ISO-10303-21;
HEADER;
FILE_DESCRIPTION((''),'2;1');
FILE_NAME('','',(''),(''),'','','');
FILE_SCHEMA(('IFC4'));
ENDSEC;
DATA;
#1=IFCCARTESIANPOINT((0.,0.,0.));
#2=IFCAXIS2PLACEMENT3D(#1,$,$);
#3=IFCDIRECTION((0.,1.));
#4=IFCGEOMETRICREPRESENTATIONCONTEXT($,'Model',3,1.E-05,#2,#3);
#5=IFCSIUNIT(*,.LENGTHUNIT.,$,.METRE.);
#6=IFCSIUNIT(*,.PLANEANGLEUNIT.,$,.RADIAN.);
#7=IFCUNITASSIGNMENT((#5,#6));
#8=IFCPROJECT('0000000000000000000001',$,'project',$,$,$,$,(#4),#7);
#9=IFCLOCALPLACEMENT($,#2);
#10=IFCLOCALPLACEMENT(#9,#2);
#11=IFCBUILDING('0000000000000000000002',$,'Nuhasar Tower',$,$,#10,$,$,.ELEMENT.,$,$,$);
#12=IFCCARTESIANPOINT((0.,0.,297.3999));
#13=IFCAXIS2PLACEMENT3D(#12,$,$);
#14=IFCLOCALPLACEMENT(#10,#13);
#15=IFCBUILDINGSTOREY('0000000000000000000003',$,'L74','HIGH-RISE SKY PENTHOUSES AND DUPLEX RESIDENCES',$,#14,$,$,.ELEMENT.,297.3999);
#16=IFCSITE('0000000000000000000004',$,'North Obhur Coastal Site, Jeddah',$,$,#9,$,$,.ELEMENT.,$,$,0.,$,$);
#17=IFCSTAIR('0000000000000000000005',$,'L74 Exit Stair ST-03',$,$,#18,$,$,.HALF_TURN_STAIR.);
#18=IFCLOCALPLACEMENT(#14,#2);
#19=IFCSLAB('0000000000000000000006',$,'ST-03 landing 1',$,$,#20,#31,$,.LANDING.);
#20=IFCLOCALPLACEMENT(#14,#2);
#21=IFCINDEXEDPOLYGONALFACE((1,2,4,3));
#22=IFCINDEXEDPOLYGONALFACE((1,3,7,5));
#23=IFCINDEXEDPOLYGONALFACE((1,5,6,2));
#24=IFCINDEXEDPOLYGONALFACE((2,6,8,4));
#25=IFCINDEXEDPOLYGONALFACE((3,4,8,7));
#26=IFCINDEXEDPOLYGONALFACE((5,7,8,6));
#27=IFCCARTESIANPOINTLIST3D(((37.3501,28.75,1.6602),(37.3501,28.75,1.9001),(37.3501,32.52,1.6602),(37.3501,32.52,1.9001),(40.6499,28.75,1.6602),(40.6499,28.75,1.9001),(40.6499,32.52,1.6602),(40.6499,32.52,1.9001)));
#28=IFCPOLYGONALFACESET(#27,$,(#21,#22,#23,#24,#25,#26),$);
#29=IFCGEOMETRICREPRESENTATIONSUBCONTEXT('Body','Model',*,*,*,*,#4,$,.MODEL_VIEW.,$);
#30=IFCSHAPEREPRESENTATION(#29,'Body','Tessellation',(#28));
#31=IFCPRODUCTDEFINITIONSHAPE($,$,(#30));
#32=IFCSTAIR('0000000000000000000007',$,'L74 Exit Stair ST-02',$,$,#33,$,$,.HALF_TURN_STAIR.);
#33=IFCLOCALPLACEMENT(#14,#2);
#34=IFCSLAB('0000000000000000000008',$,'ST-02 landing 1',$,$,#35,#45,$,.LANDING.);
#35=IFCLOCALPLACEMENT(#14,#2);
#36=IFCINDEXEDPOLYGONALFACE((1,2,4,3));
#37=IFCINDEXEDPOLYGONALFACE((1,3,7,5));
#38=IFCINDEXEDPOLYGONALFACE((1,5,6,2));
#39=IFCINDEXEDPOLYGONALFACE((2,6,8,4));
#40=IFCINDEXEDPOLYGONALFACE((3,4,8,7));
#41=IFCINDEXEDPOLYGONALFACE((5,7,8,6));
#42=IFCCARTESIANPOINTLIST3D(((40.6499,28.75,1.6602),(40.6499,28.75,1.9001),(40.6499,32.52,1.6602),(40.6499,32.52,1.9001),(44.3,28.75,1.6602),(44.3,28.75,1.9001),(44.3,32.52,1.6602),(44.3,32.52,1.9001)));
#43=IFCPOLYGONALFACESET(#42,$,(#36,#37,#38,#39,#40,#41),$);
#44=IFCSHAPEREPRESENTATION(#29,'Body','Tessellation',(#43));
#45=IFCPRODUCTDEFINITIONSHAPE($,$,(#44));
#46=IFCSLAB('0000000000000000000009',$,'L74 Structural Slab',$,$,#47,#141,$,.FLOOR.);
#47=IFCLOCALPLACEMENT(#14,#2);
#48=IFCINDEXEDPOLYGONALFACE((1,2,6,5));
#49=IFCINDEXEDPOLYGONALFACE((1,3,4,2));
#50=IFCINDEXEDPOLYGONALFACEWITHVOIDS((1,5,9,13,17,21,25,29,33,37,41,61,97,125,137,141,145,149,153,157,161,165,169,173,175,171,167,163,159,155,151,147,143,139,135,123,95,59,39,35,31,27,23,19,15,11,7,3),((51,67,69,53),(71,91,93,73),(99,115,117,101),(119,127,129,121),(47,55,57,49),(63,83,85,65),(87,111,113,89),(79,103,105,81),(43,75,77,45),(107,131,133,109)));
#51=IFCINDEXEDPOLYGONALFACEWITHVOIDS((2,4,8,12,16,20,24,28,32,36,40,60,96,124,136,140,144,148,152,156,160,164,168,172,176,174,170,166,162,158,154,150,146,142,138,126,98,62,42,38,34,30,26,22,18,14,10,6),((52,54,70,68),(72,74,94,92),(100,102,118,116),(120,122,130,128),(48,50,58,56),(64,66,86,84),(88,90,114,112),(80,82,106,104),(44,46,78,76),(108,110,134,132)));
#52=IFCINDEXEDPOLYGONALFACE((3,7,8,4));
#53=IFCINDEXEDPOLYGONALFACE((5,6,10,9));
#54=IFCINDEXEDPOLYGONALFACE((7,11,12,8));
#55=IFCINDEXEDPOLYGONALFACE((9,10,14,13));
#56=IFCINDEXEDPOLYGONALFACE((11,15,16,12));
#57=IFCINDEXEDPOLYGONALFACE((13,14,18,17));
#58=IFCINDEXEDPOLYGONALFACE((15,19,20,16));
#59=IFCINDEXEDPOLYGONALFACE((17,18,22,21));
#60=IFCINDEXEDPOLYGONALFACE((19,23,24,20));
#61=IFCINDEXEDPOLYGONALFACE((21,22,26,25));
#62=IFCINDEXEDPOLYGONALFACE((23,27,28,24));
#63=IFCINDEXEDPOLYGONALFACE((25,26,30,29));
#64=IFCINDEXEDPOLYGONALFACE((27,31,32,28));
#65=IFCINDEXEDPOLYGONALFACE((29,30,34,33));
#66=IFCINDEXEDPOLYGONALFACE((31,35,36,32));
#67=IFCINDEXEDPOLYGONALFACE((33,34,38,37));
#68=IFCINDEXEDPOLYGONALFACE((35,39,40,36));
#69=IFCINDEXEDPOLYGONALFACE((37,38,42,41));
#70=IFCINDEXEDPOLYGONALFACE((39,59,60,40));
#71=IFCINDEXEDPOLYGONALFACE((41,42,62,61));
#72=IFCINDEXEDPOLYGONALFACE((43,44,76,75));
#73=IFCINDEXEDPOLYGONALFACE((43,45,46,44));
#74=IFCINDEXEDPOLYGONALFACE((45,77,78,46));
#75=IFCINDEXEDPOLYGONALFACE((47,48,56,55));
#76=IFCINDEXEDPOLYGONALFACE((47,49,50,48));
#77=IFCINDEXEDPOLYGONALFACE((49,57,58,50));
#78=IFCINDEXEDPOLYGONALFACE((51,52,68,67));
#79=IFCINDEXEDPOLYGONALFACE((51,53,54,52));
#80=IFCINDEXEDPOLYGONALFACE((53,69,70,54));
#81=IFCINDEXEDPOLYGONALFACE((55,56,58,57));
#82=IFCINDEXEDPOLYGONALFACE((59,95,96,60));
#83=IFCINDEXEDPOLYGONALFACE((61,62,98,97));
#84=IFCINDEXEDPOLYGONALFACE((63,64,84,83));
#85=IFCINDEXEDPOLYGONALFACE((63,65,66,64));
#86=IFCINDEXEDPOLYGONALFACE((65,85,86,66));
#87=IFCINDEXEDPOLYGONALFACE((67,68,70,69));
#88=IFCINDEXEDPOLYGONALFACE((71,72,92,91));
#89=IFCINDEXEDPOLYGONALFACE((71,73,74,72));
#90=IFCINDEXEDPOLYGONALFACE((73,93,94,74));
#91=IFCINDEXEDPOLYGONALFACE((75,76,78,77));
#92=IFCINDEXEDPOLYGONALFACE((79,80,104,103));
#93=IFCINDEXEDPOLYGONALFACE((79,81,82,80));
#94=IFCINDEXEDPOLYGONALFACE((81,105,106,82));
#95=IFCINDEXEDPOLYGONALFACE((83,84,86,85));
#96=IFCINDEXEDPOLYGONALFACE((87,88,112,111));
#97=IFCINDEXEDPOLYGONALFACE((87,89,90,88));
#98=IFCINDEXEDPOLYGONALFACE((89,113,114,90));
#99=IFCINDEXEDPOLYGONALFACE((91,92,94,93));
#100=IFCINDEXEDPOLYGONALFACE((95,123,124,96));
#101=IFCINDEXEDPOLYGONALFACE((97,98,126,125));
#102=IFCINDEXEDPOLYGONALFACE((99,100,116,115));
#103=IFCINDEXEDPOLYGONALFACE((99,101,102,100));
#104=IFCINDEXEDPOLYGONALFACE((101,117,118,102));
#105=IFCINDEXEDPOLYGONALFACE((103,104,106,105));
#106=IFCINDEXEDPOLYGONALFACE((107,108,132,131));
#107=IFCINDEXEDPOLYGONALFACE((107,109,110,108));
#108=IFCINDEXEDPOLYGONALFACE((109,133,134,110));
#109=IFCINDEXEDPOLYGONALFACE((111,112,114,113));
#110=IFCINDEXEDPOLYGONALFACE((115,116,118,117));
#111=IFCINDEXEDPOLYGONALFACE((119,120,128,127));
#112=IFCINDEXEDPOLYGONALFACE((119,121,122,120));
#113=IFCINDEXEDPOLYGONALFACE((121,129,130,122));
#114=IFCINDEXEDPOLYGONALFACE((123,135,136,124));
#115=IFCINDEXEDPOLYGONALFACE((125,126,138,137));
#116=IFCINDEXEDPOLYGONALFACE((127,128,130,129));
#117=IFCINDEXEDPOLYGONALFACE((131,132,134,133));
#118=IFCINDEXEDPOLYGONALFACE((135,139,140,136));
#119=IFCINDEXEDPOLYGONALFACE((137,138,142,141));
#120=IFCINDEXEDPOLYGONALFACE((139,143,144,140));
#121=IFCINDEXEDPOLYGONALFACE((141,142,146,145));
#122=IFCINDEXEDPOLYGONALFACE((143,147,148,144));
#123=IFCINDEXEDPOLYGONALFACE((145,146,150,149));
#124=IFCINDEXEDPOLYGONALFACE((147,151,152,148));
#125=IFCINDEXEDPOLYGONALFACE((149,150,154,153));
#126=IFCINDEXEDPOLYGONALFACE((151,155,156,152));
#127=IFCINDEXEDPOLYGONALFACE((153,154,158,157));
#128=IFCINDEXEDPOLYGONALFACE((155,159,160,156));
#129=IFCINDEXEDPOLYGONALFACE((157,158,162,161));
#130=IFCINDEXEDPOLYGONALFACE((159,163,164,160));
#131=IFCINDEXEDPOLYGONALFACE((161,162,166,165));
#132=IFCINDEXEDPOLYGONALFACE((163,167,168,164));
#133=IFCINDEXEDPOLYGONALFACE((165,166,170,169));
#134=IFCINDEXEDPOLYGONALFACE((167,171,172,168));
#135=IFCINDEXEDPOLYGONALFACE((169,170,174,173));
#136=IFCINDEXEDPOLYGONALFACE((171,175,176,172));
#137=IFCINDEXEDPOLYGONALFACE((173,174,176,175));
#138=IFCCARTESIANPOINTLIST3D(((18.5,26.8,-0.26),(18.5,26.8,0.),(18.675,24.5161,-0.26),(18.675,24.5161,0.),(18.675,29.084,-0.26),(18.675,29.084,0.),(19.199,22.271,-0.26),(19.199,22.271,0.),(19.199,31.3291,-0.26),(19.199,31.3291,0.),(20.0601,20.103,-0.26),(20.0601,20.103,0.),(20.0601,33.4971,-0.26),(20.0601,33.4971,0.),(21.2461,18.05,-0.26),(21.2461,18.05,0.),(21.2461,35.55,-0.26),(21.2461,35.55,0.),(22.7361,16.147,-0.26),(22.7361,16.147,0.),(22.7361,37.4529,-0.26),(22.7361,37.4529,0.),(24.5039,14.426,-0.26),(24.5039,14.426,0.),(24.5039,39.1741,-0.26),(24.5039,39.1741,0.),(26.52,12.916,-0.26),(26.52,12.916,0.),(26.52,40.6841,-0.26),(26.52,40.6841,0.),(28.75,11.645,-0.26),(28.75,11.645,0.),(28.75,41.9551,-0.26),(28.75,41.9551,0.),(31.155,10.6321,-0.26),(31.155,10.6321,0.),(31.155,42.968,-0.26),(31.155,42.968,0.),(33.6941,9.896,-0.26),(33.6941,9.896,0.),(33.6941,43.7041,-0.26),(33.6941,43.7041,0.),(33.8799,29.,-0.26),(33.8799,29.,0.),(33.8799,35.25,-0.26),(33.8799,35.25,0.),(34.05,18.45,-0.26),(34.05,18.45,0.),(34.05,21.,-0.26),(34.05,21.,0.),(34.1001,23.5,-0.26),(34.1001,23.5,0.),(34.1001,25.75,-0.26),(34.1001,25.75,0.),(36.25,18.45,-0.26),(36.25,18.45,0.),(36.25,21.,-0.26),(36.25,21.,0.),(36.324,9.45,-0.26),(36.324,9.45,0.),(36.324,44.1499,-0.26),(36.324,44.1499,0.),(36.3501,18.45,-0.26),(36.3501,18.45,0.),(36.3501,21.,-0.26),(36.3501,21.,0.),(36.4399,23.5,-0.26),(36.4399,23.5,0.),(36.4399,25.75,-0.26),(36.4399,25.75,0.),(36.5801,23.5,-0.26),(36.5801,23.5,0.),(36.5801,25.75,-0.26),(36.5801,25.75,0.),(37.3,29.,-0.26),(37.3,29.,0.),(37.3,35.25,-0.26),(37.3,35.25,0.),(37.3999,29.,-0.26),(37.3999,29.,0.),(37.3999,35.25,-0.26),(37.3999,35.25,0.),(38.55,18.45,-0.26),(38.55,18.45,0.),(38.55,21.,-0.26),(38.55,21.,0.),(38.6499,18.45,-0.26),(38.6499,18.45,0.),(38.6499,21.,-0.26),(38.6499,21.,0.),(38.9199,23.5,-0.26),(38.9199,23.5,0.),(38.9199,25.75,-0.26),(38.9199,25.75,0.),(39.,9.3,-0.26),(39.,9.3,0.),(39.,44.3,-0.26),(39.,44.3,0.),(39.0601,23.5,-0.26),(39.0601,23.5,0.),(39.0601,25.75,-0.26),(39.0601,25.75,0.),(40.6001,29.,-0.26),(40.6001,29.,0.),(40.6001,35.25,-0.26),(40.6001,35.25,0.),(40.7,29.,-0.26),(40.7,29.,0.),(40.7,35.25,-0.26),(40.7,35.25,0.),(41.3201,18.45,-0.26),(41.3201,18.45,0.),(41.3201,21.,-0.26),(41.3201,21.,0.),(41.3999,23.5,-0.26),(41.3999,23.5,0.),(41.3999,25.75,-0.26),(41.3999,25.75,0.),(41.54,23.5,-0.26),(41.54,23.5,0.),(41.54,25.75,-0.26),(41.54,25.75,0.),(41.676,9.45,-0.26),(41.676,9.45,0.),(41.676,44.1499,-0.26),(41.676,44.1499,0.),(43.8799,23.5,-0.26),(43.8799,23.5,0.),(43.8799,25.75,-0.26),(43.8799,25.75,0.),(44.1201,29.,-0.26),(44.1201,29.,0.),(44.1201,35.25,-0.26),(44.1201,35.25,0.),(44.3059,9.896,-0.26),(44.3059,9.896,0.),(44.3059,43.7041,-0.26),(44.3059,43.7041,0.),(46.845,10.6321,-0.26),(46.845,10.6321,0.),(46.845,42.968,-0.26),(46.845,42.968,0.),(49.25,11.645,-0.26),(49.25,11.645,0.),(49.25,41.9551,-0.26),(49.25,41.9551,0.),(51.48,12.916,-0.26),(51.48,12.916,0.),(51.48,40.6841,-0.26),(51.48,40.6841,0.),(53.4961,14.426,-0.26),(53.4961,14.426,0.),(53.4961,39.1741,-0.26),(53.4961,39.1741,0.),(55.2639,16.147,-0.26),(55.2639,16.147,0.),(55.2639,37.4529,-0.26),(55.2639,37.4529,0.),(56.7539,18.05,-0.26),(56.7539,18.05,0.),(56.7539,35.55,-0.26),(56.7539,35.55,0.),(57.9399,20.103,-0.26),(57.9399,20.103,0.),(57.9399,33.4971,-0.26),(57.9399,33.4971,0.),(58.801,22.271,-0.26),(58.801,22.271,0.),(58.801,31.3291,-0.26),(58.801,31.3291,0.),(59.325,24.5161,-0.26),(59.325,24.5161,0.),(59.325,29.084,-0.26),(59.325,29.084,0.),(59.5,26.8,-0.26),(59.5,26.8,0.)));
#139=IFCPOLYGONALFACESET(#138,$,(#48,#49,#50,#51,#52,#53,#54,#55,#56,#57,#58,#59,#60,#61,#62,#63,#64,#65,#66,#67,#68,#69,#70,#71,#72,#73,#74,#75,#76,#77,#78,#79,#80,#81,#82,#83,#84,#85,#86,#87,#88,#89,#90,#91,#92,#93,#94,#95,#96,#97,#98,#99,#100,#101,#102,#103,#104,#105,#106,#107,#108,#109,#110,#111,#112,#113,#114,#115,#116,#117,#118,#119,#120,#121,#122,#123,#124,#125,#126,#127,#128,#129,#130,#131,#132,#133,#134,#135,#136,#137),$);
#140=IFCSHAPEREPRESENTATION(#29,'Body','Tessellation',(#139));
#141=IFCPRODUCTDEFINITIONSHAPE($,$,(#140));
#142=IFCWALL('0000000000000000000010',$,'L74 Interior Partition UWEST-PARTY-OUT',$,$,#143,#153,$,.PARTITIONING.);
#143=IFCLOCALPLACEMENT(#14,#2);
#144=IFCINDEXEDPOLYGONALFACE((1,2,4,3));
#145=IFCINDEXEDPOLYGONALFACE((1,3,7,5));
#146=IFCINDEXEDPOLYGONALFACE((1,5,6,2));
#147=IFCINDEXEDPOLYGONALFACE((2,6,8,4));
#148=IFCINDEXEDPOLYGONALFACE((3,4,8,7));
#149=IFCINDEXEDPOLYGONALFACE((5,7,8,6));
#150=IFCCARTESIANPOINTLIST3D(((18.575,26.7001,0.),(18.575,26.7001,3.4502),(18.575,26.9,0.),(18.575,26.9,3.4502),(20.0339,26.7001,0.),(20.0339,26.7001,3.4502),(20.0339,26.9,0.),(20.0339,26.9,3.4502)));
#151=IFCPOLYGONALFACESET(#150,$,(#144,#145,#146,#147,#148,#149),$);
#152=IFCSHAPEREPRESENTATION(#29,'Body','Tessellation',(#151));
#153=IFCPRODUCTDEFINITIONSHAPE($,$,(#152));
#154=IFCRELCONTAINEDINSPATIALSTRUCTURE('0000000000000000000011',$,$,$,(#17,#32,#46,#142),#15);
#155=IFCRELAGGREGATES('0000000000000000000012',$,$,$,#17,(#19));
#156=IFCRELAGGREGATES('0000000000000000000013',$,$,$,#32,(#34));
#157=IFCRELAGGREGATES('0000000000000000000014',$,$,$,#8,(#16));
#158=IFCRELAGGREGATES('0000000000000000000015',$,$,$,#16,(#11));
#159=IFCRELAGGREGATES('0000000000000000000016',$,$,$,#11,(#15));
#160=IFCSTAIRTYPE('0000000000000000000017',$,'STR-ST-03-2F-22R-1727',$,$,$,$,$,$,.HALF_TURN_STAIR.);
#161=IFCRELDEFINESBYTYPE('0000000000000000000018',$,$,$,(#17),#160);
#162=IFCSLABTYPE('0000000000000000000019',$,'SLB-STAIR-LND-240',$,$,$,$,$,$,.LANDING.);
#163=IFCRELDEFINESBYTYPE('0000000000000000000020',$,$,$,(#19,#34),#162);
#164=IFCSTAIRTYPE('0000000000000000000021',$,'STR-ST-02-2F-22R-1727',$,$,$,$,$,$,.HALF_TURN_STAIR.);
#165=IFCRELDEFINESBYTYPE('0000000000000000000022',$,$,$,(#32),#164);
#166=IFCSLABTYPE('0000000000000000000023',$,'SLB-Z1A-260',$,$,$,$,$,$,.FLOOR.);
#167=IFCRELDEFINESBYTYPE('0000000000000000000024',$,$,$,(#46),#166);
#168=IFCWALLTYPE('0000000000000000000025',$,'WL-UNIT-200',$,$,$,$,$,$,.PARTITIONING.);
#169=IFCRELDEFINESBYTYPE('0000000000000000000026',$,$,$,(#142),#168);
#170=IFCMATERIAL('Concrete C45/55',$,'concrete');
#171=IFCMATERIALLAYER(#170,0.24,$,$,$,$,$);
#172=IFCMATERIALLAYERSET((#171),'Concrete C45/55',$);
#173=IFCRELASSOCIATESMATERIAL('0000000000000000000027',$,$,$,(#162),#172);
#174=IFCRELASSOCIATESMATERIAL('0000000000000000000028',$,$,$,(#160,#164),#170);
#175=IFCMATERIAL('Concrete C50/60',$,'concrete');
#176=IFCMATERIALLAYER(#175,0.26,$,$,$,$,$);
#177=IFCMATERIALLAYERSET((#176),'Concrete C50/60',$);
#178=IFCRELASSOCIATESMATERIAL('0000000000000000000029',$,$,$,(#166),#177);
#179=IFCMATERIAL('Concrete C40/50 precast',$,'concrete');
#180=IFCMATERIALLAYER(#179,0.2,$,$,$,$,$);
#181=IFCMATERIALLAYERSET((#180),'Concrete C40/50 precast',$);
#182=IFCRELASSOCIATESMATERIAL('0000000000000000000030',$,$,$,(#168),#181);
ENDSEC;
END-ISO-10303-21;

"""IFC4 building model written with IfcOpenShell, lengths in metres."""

from ifc_helpers import new_model, si_unit, direction, frame, frame_2d, origin, place, context, subcontext, project, spatial, polyline, rectangle, outline, extrude, material, layer, layer_set, type_object, element, aggregate, save


model = new_model("IFC4")

# Units and contexts
model_context = context("Model", 3, precision=1e-05, world=origin(), true_north=direction((0.0, 1.0)))
body_context = subcontext(model_context, "Body", "Model", "MODEL_VIEW")
ifc_project = project(units=[si_unit("LENGTHUNIT", "METRE"), si_unit("PLANEANGLEUNIT", "RADIAN")], contexts=[model_context])

# Site, building, storey
site_placement = place(None, origin())
site = spatial("IfcSite", under=ifc_project, at=site_placement, Name="North Obhur Coastal Site, Jeddah", CompositionType="ELEMENT", RefElevation=0.0)
building_placement = place(site_placement, origin())
building = spatial("IfcBuilding", under=site, at=building_placement, Name="Nuhasar Tower", CompositionType="ELEMENT")
storey_placement = place(building_placement, frame((0.0, 0.0, 297.3999)))
storey = spatial("IfcBuildingStorey", under=building, at=storey_placement, Name="L74", Description="HIGH-RISE SKY PENTHOUSES AND DUPLEX RESIDENCES", CompositionType="ELEMENT", Elevation=297.3999)

# Shared definitions
ifc_material_1 = material(Name="Concrete C50/60", Category="concrete")

# Stairs, slabs
ifc_material_2 = material(Name="Concrete C45/55", Category="concrete")
ifc_layer_1 = layer(ifc_material_2, 0.24)
ifc_layer_set_1 = layer_set([ifc_layer_1], Name="Concrete C45/55")
slab_type_1 = type_object("IfcSlabType", Name="SLB-STAIR-LND-240", PredefinedType="LANDING", material=ifc_layer_set_1)
stair_type_1 = type_object("IfcStairType", Name="STR-ST-03-2F-22R-1727", PredefinedType="HALF_TURN_STAIR", material=ifc_material_2)
stair_1_placement = place(storey_placement, origin())
stair_1 = element("IfcStair", 1, at=stair_1_placement, inside=storey, type_object=stair_type_1, Name="L74 Exit Stair ST-03", PredefinedType="HALF_TURN_STAIR")
slab_1_placement = place(storey_placement, frame((0.0, 0.0, 1.6602)))
slab_1 = element("IfcSlab", 2, at=slab_1_placement, type_object=slab_type_1, Name="ST-03 landing 1", PredefinedType="LANDING", context=body_context, shape_type="SweptSolid", body=[
    extrude(outline(polyline([(37.3501, 28.75), (40.6499, 28.75), (40.6499, 32.52), (37.3501, 32.52), (37.3501, 28.75)])), origin(), (0.0, 0.0, 1.0), 0.24),
])
aggregate(stair_1, [slab_1])
stair_type_2 = type_object("IfcStairType", Name="STR-ST-02-2F-22R-1727", PredefinedType="HALF_TURN_STAIR", material=ifc_material_2)
stair_2_placement = place(storey_placement, origin())
stair_2 = element("IfcStair", 3, at=stair_2_placement, inside=storey, type_object=stair_type_2, Name="L74 Exit Stair ST-02", PredefinedType="HALF_TURN_STAIR")
slab_2_placement = place(storey_placement, frame((0.0, 0.0, 1.6602)))
slab_2 = element("IfcSlab", 4, at=slab_2_placement, type_object=slab_type_1, Name="ST-02 landing 1", PredefinedType="LANDING", context=body_context, shape_type="SweptSolid", body=[
    extrude(outline(polyline([(40.6499, 28.75), (44.3, 28.75), (44.3, 32.52), (40.6499, 32.52), (40.6499, 28.75)])), origin(), (0.0, 0.0, 1.0), 0.24),
])
aggregate(stair_2, [slab_2])

# Slab
ifc_layer_2 = layer(ifc_material_1, 0.26)
ifc_layer_set_2 = layer_set([ifc_layer_2], Name="Concrete C50/60")
slab_type_2 = type_object("IfcSlabType", Name="SLB-Z1A-260", PredefinedType="FLOOR", material=ifc_layer_set_2)
slab_3_placement = place(storey_placement, frame((0.0, 0.0, -0.26)))
element("IfcSlab", 5, at=slab_3_placement, inside=storey, type_object=slab_type_2, Name="L74 Structural Slab", PredefinedType="FLOOR", context=body_context, shape_type="SweptSolid", body=[
    extrude(outline(polyline([(59.5, 26.8), (59.325, 29.084), (58.801, 31.3291), (57.9399, 33.4971), (56.7539, 35.55), (55.2639, 37.4529), (53.4961, 39.1741), (51.48, 40.6841), (49.25, 41.9551), (46.845, 42.968), (44.3059, 43.7041), (41.676, 44.1499), (39.0, 44.3), (36.324, 44.1499), (33.6941, 43.7041), (31.155, 42.968), (28.75, 41.9551), (26.52, 40.6841), (24.5039, 39.1741), (22.7361, 37.4529), (21.2461, 35.55), (20.0601, 33.4971), (19.199, 31.3291), (18.675, 29.084), (18.5, 26.8), (18.675, 24.5161), (19.199, 22.271), (20.0601, 20.103), (21.2461, 18.05), (22.7361, 16.147), (24.5039, 14.426), (26.52, 12.916), (28.75, 11.645), (31.155, 10.6321), (33.6941, 9.896), (36.324, 9.45), (39.0, 9.3), (41.676, 9.45), (44.3059, 9.896), (46.845, 10.6321), (49.25, 11.645), (51.48, 12.916), (53.4961, 14.426), (55.2639, 16.147), (56.7539, 18.05), (57.9399, 20.103), (58.801, 22.271), (59.325, 24.5161), (59.5, 26.8)]), holes=[polyline([(33.8799, 35.25), (37.3, 35.25), (37.3, 29.0), (33.8799, 29.0), (33.8799, 35.25)]), polyline([(37.3999, 35.25), (40.6001, 35.25), (40.6001, 29.0), (37.3999, 29.0), (37.3999, 35.25)]), polyline([(40.7, 35.25), (44.1201, 35.25), (44.1201, 29.0), (40.7, 29.0), (40.7, 35.25)]), polyline([(34.1001, 25.75), (36.4399, 25.75), (36.4399, 23.5), (34.1001, 23.5), (34.1001, 25.75)]), polyline([(36.5801, 25.75), (38.9199, 25.75), (38.9199, 23.5), (36.5801, 23.5), (36.5801, 25.75)]), polyline([(39.0601, 25.75), (41.3999, 25.75), (41.3999, 23.5), (39.0601, 23.5), (39.0601, 25.75)]), polyline([(41.54, 25.75), (43.8799, 25.75), (43.8799, 23.5), (41.54, 23.5), (41.54, 25.75)]), polyline([(34.05, 21.0), (36.25, 21.0), (36.25, 18.45), (34.05, 18.45), (34.05, 21.0)]), polyline([(36.3501, 21.0), (38.55, 21.0), (38.55, 18.45), (36.3501, 18.45), (36.3501, 21.0)]), polyline([(38.6499, 21.0), (41.3201, 21.0), (41.3201, 18.45), (38.6499, 18.45), (38.6499, 21.0)])]), origin(), (0.0, 0.0, 1.0), 0.26),
])

# Wall
ifc_material_3 = material(Name="Concrete C40/50 precast", Category="concrete")
ifc_layer_3 = layer(ifc_material_3, 0.2)
ifc_layer_set_3 = layer_set([ifc_layer_3], Name="Concrete C40/50 precast")
wall_type = type_object("IfcWallType", Name="WL-UNIT-200", PredefinedType="PARTITIONING", material=ifc_layer_set_3)
wall_placement = place(storey_placement, frame((20.0339, 26.8, 0.0), z_axis=(0.0, 0.0, 1.0), x_axis=(-1.0, 0.0, 0.0)))
element("IfcWall", 6, at=wall_placement, inside=storey, type_object=wall_type, Name="L74 Interior Partition UWEST-PARTY-OUT", PredefinedType="PARTITIONING", context=body_context, shape_type="SweptSolid", body=[
    extrude(rectangle(XDim=1.459, YDim=0.2, at=frame_2d((0.7295, 0.0))), origin(), (0.0, 0.0, 1.0), 3.4502),
])

save(model, "model.ifc")
